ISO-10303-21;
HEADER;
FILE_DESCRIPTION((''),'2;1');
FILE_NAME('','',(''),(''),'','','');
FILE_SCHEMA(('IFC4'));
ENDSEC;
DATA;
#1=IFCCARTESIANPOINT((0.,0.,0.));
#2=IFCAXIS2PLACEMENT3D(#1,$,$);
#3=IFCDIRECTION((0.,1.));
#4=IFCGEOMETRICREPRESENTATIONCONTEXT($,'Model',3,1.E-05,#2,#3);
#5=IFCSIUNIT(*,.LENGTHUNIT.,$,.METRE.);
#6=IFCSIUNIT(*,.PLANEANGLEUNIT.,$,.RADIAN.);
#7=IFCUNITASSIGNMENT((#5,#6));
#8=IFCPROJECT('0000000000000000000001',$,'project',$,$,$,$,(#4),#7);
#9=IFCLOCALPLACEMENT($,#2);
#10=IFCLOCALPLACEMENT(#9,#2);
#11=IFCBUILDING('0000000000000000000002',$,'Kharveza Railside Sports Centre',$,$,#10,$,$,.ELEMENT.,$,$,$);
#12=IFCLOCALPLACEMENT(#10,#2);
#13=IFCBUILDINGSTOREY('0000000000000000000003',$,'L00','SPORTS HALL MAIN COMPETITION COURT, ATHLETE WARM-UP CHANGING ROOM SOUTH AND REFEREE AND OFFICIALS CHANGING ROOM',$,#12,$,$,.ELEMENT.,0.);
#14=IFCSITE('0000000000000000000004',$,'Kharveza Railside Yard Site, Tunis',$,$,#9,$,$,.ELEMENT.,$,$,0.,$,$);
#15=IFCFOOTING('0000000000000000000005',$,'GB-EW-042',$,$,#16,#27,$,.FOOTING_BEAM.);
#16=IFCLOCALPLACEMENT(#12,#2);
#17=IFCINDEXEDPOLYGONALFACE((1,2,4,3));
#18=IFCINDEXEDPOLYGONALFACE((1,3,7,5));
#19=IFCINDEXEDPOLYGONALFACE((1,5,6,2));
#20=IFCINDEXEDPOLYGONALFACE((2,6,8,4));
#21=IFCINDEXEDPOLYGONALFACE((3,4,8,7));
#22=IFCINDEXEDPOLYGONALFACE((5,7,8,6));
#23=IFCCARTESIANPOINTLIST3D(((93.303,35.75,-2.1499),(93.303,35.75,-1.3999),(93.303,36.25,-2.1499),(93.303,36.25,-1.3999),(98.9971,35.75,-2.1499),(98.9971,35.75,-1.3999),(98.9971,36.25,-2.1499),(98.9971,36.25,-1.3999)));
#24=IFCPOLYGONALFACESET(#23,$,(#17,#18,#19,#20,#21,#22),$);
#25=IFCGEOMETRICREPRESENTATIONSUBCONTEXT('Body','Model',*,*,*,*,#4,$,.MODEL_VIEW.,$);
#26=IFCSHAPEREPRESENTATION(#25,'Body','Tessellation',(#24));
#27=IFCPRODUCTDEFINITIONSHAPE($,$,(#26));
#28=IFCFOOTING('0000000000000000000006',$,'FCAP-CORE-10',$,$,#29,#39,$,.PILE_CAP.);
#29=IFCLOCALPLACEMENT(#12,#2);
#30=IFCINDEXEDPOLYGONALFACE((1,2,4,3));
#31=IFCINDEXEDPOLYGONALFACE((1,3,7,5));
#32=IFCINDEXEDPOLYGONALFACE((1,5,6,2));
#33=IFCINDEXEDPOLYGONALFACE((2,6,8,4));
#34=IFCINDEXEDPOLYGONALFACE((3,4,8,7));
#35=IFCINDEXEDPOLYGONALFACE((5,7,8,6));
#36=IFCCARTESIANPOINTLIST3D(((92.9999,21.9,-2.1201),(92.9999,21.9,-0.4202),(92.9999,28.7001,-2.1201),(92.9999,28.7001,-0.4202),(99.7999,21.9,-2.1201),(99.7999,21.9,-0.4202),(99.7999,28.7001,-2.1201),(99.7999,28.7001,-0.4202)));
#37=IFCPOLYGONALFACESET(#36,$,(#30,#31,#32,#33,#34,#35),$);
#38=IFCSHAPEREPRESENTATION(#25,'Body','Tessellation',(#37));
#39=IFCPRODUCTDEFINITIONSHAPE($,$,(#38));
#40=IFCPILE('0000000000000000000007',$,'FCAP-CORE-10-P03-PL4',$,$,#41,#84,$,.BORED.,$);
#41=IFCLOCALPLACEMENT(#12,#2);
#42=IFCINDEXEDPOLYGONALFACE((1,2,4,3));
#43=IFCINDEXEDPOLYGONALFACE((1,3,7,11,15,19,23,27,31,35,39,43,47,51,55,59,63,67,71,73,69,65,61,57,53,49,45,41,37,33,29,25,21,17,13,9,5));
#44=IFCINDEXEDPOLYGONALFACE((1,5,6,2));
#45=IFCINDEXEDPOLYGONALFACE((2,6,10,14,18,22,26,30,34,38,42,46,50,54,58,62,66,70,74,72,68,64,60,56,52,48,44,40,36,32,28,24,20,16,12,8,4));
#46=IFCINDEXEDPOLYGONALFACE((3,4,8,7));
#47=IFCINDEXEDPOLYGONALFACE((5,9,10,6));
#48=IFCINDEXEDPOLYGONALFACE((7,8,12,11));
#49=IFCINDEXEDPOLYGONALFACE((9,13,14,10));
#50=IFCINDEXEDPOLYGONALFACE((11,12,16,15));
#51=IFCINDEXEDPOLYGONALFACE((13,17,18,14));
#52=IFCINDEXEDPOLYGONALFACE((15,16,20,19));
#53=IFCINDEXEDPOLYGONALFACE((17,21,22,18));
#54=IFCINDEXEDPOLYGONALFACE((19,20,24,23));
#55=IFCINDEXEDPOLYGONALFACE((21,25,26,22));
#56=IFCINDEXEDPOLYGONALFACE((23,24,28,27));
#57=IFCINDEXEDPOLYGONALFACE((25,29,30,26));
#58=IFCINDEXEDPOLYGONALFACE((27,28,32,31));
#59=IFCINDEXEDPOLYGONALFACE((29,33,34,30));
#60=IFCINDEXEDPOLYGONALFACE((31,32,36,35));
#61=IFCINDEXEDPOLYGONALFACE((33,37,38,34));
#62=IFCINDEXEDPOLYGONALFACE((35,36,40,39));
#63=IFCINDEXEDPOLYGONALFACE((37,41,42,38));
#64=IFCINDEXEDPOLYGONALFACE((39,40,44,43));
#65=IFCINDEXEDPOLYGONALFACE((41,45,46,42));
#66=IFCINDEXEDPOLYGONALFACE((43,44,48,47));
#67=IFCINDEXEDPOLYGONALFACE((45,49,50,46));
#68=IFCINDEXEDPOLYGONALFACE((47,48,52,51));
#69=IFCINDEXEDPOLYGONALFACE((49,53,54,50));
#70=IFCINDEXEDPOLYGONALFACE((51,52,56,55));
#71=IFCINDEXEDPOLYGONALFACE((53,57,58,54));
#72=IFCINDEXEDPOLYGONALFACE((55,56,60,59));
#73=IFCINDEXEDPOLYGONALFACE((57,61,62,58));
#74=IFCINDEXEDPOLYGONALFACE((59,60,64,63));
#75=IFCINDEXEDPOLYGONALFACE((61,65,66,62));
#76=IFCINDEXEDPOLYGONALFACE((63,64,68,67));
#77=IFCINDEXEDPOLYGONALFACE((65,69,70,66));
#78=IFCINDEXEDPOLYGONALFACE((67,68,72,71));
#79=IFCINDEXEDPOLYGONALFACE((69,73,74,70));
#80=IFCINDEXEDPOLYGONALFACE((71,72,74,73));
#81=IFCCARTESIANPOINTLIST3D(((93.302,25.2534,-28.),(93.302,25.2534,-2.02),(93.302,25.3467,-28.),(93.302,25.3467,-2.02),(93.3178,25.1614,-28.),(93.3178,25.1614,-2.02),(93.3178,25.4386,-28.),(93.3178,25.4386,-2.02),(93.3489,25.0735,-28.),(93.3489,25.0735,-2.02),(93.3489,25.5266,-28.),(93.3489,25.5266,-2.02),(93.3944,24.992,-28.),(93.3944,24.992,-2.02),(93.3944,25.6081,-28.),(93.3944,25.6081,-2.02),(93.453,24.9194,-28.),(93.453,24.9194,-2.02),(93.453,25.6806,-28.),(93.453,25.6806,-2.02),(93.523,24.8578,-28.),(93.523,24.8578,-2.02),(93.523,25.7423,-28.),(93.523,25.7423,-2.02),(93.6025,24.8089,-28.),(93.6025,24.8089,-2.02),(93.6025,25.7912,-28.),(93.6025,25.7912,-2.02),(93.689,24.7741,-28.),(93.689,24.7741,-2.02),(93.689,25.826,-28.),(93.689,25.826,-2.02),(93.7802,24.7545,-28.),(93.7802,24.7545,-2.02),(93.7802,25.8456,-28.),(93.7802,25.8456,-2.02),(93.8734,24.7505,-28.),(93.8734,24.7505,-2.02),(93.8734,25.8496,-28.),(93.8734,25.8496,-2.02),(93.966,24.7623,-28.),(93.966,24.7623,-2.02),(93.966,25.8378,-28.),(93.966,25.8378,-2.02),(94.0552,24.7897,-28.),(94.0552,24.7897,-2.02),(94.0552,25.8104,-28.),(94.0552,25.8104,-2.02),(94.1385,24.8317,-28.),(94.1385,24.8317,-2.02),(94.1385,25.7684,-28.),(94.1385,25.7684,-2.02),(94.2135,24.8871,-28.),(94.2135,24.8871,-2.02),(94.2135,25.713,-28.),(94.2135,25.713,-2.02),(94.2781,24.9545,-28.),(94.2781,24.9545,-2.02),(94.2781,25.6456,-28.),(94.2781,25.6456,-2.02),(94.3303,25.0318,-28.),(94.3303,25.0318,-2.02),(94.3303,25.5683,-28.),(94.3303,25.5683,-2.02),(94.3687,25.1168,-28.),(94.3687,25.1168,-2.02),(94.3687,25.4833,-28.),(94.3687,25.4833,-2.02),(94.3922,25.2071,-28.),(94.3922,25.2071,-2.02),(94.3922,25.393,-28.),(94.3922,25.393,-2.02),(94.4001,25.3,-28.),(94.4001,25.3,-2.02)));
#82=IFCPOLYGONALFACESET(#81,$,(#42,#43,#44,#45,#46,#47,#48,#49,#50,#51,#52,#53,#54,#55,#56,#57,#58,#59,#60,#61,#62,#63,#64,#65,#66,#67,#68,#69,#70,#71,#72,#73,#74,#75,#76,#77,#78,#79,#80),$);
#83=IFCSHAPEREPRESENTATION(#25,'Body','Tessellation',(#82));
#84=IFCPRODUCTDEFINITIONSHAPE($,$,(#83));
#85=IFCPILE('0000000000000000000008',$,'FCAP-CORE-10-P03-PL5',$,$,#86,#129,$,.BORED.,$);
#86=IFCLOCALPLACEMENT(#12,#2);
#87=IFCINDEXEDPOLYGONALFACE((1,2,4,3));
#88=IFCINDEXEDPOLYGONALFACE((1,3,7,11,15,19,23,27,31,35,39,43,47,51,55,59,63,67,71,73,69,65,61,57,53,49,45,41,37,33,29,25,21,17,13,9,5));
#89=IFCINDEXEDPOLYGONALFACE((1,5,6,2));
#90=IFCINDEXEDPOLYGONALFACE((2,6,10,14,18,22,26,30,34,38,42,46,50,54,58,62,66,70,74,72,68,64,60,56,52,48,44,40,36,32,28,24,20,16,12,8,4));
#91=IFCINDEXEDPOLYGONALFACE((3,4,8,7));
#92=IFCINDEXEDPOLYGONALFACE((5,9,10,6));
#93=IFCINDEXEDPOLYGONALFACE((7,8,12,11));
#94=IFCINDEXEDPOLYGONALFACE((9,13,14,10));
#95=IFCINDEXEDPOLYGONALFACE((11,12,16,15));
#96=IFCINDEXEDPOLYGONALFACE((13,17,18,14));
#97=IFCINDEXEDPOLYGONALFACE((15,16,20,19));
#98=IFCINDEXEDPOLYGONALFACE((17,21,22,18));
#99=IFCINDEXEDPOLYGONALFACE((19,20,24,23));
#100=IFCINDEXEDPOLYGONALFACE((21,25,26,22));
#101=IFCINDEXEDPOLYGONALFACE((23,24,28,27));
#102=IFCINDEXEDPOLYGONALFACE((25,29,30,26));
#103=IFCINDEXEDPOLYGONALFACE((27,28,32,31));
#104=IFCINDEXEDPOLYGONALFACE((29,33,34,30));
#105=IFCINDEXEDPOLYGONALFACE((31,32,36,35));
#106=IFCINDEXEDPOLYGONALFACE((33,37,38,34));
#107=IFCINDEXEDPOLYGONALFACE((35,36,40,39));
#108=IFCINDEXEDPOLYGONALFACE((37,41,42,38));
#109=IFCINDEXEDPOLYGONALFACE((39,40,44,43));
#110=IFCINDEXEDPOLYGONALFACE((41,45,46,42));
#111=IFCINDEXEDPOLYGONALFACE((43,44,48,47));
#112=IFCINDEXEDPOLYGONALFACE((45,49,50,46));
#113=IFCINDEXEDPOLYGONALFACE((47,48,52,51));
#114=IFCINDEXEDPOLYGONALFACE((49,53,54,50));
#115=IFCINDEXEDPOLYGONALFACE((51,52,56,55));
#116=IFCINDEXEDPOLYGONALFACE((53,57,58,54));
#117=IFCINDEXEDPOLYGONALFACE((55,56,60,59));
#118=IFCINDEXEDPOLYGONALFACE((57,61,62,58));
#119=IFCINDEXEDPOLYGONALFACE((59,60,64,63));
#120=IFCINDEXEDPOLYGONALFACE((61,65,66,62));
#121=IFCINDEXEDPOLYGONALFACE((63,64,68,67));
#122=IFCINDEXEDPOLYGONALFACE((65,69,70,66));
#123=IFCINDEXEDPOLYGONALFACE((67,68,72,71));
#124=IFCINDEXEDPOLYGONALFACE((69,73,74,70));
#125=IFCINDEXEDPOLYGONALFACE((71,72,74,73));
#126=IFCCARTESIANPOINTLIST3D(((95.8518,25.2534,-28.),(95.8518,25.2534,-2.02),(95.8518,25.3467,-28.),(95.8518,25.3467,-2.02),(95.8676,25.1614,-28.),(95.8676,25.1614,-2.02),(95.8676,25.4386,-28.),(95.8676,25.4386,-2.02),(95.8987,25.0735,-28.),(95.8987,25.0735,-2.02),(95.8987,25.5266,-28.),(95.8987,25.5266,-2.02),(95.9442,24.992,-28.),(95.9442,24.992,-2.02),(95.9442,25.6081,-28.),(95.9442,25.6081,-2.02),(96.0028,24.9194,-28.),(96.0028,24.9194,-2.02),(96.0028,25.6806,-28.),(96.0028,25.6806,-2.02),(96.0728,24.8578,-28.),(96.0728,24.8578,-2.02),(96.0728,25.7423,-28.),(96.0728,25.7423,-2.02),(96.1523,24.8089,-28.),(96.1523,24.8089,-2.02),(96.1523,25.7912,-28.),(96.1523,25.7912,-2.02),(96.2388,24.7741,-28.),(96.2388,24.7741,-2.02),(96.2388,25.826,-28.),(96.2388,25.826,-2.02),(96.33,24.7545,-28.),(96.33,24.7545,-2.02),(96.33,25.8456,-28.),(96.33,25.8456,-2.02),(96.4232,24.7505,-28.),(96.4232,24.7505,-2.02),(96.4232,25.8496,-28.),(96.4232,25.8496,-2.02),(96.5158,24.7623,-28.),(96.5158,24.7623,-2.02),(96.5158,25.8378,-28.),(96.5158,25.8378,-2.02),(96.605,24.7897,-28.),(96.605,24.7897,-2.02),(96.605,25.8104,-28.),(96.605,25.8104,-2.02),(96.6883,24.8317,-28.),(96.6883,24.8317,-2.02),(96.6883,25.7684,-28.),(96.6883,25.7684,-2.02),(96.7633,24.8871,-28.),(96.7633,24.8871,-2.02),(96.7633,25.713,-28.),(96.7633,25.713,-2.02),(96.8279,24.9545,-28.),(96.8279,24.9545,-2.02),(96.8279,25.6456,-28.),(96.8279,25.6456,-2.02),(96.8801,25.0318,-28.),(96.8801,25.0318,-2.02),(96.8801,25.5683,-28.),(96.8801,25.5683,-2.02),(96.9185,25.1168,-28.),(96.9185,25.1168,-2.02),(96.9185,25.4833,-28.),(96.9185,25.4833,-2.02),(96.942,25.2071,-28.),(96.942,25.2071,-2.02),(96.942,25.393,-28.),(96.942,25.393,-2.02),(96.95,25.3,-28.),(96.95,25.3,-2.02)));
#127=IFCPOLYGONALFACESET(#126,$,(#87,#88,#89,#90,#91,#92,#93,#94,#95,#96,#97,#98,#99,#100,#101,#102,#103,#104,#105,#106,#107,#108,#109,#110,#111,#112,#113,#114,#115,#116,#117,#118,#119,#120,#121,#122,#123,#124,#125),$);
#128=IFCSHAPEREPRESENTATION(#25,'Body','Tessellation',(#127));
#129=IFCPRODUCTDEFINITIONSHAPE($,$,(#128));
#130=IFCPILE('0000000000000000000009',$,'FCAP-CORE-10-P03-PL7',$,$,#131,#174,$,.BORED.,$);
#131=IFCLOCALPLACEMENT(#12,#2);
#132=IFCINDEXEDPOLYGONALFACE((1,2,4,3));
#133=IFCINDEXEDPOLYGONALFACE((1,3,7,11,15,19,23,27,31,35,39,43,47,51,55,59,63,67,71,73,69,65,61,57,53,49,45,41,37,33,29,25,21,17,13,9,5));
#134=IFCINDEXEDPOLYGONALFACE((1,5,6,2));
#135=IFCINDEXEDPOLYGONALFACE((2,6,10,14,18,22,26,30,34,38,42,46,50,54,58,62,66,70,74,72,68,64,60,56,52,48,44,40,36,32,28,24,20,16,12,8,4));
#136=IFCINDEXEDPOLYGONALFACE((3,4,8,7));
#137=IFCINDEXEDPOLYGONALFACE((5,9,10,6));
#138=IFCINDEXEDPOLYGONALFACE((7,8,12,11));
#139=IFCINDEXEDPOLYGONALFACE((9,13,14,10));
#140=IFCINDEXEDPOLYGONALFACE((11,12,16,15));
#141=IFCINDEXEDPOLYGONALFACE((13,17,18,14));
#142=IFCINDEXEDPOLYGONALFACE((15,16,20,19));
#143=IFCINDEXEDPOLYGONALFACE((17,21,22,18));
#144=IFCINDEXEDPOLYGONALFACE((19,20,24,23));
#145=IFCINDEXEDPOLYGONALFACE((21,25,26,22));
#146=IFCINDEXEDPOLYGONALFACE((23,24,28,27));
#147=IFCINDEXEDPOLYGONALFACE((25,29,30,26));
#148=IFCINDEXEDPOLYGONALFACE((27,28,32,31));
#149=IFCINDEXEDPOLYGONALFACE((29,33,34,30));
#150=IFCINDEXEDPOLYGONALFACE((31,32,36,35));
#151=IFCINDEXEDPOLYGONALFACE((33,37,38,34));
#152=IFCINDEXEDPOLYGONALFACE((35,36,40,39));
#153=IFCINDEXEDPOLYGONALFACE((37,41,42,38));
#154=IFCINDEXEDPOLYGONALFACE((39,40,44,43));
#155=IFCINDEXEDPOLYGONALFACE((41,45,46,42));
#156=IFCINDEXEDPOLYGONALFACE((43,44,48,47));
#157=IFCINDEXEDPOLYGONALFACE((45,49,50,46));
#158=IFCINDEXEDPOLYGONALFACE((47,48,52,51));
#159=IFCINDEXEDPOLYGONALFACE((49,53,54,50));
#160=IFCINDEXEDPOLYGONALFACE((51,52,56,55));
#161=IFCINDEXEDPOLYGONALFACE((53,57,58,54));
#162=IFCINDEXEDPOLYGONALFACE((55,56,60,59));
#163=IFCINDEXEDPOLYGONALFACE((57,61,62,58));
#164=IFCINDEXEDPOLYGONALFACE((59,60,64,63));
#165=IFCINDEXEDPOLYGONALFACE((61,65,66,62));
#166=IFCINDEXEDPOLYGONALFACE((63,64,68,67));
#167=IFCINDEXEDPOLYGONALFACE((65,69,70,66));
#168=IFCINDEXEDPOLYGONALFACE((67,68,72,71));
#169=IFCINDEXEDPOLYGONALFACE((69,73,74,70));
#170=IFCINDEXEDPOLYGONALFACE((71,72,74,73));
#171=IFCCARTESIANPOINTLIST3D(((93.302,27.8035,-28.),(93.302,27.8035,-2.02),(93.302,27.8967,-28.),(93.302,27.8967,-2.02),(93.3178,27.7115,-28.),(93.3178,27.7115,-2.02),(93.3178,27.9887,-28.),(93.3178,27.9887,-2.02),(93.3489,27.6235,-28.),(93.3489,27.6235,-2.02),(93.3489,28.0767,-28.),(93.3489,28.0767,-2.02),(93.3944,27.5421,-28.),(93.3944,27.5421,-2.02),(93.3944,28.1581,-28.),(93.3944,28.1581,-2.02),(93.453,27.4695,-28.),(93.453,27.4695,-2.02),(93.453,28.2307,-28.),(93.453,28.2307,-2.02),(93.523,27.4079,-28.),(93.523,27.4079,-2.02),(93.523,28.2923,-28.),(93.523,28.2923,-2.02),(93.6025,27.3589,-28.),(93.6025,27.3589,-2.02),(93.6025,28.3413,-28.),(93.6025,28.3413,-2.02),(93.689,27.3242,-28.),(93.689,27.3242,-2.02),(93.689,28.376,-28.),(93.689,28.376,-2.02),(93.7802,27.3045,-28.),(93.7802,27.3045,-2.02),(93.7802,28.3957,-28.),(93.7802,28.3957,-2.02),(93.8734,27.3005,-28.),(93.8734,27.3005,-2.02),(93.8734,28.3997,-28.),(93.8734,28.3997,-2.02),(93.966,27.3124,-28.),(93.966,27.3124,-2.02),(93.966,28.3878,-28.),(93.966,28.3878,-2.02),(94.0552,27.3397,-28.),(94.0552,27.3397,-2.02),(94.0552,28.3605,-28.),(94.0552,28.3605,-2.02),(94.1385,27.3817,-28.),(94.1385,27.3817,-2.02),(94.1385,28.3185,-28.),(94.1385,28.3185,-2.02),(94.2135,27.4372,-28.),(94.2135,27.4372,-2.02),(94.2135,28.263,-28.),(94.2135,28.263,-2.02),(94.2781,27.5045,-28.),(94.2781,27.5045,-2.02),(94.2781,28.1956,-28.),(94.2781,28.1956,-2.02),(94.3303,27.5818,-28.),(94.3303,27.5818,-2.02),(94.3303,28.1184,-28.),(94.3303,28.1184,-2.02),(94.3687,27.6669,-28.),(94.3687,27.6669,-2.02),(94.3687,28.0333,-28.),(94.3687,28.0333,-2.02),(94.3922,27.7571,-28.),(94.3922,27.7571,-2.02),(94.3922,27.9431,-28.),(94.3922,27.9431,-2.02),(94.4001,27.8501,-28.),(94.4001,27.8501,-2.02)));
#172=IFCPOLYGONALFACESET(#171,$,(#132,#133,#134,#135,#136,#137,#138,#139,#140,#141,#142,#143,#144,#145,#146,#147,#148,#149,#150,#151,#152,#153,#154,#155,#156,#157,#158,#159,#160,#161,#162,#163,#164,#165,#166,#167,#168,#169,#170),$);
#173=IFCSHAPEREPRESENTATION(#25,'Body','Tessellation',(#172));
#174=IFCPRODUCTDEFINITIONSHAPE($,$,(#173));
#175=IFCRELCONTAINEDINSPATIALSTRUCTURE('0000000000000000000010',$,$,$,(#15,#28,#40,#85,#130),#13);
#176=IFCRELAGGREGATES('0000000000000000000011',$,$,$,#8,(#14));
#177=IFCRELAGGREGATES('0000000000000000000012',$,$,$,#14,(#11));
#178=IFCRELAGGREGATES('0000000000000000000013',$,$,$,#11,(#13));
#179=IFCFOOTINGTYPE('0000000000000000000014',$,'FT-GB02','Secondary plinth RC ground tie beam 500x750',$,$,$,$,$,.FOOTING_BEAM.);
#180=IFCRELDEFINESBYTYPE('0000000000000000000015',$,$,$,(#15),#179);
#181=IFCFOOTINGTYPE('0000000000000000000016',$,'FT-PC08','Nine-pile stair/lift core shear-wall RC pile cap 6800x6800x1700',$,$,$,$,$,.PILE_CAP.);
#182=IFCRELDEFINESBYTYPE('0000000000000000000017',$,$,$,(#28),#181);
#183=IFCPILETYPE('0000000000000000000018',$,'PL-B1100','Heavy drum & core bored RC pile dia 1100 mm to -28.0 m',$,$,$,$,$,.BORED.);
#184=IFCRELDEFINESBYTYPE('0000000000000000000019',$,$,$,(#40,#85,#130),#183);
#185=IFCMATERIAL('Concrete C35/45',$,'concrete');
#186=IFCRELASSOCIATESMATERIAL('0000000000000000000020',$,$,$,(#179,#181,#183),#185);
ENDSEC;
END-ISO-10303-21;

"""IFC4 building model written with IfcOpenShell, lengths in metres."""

from ifc_helpers import new_model, si_unit, direction, frame, origin, origin_2d, place, context, subcontext, project, spatial, rectangle, circle, extrude, material, material_profile, profile_set, type_object, element, save


model = new_model("IFC4")

# Units and contexts
model_context = context("Model", 3, precision=1e-05, world=origin(), true_north=direction((0.0, 1.0)))
body_context = subcontext(model_context, "Body", "Model", "MODEL_VIEW")
ifc_project = project(units=[si_unit("LENGTHUNIT", "METRE"), si_unit("PLANEANGLEUNIT", "RADIAN")], contexts=[model_context])

# Site, building, storey
site_placement = place(None, origin())
site = spatial("IfcSite", under=ifc_project, at=site_placement, Name="Kharveza Railside Yard Site, Tunis", CompositionType="ELEMENT", RefElevation=0.0)
building_placement = place(site_placement, origin())
building = spatial("IfcBuilding", under=site, at=building_placement, Name="Kharveza Railside Sports Centre", CompositionType="ELEMENT")
storey_placement = place(building_placement, origin())
storey = spatial("IfcBuildingStorey", under=building, at=storey_placement, Name="L00", Description="SPORTS HALL MAIN COMPETITION COURT, ATHLETE WARM-UP CHANGING ROOM SOUTH AND REFEREE AND OFFICIALS CHANGING ROOM", CompositionType="ELEMENT", Elevation=0.0)

# Footings
ifc_material_1 = material(Name="Concrete C35/45", Category="concrete")
ifc_material_profile_1 = material_profile(ifc_material_1, rectangle(XDim=0.5, YDim=0.75, at=origin_2d()), Name="GB 500x750")
ifc_profile_set_1 = profile_set([ifc_material_profile_1], Name="Concrete C35/45")
footing_type_1 = type_object("IfcFootingType", Name="FT-GB02", Description="Secondary plinth RC ground tie beam 500x750", PredefinedType="FOOTING_BEAM", material=ifc_profile_set_1)
footing_1_placement = place(storey_placement, frame((93.303, 36.0, -1.7749), z_axis=(1.0, 0.0, 0.0), x_axis=(0.0, 1.0, 0.0)))
element("IfcFooting", 1, at=footing_1_placement, inside=storey, type_object=footing_type_1, Name="GB-EW-042", PredefinedType="FOOTING_BEAM", context=body_context, shape_type="SweptSolid", body=[
    extrude(rectangle(XDim=0.5, YDim=0.75, at=origin_2d()), origin(), (0.0, 0.0, 1.0), 5.6941),
])
footing_type_2 = type_object("IfcFootingType", Name="FT-PC08", Description="Nine-pile stair/lift core shear-wall RC pile cap 6800x6800x1700", PredefinedType="PILE_CAP", material=ifc_material_1)
footing_2_placement = place(storey_placement, frame((96.3999, 25.3, -2.1201), z_axis=(0.0, 0.0, 1.0), x_axis=(1.0, 0.0, 0.0)))
element("IfcFooting", 2, at=footing_2_placement, inside=storey, type_object=footing_type_2, Name="FCAP-CORE-10", PredefinedType="PILE_CAP", context=body_context, shape_type="SweptSolid", body=[
    extrude(rectangle(XDim=6.8, YDim=6.8, at=origin_2d()), origin(), (0.0, 0.0, 1.0), 1.7),
])

# Piles
ifc_material_profile_2 = material_profile(ifc_material_1, circle(Radius=0.55, at=origin_2d()), Name="PILE D1100")
ifc_profile_set_2 = profile_set([ifc_material_profile_2], Name="Concrete C35/45")
pile_type_1 = type_object("IfcPileType", Name="PL-B1100", Description="Heavy drum & core bored RC pile dia 1100 mm to -28.0 m", PredefinedType="BORED", material=ifc_profile_set_2)
for number, where, z_axis, x_axis, name in (
    (3, (93.8501, 25.3, -2.02), (0.0, 0.0, -1.0), (1.0, 0.0, 0.0), "FCAP-CORE-10-P03-PL4"),
    (4, (96.3999, 25.3, -2.02), (0.0, 0.0, -1.0), (1.0, 0.0, 0.0), "FCAP-CORE-10-P03-PL5"),
    (5, (93.8501, 27.8501, -2.02), (0.0, 0.0, -1.0), (1.0, 0.0, 0.0), "FCAP-CORE-10-P03-PL7"),
):
    element("IfcPile", number, at=place(storey_placement, frame(where, z_axis=z_axis, x_axis=x_axis)), inside=storey, type_object=pile_type_1, Name=name, PredefinedType="BORED", context=body_context, shape_type="SweptSolid", body=[
        extrude(circle(Radius=0.55, at=origin_2d()), origin(), (0.0, 0.0, 1.0), 25.98),
    ])

save(model, "model.ifc")
